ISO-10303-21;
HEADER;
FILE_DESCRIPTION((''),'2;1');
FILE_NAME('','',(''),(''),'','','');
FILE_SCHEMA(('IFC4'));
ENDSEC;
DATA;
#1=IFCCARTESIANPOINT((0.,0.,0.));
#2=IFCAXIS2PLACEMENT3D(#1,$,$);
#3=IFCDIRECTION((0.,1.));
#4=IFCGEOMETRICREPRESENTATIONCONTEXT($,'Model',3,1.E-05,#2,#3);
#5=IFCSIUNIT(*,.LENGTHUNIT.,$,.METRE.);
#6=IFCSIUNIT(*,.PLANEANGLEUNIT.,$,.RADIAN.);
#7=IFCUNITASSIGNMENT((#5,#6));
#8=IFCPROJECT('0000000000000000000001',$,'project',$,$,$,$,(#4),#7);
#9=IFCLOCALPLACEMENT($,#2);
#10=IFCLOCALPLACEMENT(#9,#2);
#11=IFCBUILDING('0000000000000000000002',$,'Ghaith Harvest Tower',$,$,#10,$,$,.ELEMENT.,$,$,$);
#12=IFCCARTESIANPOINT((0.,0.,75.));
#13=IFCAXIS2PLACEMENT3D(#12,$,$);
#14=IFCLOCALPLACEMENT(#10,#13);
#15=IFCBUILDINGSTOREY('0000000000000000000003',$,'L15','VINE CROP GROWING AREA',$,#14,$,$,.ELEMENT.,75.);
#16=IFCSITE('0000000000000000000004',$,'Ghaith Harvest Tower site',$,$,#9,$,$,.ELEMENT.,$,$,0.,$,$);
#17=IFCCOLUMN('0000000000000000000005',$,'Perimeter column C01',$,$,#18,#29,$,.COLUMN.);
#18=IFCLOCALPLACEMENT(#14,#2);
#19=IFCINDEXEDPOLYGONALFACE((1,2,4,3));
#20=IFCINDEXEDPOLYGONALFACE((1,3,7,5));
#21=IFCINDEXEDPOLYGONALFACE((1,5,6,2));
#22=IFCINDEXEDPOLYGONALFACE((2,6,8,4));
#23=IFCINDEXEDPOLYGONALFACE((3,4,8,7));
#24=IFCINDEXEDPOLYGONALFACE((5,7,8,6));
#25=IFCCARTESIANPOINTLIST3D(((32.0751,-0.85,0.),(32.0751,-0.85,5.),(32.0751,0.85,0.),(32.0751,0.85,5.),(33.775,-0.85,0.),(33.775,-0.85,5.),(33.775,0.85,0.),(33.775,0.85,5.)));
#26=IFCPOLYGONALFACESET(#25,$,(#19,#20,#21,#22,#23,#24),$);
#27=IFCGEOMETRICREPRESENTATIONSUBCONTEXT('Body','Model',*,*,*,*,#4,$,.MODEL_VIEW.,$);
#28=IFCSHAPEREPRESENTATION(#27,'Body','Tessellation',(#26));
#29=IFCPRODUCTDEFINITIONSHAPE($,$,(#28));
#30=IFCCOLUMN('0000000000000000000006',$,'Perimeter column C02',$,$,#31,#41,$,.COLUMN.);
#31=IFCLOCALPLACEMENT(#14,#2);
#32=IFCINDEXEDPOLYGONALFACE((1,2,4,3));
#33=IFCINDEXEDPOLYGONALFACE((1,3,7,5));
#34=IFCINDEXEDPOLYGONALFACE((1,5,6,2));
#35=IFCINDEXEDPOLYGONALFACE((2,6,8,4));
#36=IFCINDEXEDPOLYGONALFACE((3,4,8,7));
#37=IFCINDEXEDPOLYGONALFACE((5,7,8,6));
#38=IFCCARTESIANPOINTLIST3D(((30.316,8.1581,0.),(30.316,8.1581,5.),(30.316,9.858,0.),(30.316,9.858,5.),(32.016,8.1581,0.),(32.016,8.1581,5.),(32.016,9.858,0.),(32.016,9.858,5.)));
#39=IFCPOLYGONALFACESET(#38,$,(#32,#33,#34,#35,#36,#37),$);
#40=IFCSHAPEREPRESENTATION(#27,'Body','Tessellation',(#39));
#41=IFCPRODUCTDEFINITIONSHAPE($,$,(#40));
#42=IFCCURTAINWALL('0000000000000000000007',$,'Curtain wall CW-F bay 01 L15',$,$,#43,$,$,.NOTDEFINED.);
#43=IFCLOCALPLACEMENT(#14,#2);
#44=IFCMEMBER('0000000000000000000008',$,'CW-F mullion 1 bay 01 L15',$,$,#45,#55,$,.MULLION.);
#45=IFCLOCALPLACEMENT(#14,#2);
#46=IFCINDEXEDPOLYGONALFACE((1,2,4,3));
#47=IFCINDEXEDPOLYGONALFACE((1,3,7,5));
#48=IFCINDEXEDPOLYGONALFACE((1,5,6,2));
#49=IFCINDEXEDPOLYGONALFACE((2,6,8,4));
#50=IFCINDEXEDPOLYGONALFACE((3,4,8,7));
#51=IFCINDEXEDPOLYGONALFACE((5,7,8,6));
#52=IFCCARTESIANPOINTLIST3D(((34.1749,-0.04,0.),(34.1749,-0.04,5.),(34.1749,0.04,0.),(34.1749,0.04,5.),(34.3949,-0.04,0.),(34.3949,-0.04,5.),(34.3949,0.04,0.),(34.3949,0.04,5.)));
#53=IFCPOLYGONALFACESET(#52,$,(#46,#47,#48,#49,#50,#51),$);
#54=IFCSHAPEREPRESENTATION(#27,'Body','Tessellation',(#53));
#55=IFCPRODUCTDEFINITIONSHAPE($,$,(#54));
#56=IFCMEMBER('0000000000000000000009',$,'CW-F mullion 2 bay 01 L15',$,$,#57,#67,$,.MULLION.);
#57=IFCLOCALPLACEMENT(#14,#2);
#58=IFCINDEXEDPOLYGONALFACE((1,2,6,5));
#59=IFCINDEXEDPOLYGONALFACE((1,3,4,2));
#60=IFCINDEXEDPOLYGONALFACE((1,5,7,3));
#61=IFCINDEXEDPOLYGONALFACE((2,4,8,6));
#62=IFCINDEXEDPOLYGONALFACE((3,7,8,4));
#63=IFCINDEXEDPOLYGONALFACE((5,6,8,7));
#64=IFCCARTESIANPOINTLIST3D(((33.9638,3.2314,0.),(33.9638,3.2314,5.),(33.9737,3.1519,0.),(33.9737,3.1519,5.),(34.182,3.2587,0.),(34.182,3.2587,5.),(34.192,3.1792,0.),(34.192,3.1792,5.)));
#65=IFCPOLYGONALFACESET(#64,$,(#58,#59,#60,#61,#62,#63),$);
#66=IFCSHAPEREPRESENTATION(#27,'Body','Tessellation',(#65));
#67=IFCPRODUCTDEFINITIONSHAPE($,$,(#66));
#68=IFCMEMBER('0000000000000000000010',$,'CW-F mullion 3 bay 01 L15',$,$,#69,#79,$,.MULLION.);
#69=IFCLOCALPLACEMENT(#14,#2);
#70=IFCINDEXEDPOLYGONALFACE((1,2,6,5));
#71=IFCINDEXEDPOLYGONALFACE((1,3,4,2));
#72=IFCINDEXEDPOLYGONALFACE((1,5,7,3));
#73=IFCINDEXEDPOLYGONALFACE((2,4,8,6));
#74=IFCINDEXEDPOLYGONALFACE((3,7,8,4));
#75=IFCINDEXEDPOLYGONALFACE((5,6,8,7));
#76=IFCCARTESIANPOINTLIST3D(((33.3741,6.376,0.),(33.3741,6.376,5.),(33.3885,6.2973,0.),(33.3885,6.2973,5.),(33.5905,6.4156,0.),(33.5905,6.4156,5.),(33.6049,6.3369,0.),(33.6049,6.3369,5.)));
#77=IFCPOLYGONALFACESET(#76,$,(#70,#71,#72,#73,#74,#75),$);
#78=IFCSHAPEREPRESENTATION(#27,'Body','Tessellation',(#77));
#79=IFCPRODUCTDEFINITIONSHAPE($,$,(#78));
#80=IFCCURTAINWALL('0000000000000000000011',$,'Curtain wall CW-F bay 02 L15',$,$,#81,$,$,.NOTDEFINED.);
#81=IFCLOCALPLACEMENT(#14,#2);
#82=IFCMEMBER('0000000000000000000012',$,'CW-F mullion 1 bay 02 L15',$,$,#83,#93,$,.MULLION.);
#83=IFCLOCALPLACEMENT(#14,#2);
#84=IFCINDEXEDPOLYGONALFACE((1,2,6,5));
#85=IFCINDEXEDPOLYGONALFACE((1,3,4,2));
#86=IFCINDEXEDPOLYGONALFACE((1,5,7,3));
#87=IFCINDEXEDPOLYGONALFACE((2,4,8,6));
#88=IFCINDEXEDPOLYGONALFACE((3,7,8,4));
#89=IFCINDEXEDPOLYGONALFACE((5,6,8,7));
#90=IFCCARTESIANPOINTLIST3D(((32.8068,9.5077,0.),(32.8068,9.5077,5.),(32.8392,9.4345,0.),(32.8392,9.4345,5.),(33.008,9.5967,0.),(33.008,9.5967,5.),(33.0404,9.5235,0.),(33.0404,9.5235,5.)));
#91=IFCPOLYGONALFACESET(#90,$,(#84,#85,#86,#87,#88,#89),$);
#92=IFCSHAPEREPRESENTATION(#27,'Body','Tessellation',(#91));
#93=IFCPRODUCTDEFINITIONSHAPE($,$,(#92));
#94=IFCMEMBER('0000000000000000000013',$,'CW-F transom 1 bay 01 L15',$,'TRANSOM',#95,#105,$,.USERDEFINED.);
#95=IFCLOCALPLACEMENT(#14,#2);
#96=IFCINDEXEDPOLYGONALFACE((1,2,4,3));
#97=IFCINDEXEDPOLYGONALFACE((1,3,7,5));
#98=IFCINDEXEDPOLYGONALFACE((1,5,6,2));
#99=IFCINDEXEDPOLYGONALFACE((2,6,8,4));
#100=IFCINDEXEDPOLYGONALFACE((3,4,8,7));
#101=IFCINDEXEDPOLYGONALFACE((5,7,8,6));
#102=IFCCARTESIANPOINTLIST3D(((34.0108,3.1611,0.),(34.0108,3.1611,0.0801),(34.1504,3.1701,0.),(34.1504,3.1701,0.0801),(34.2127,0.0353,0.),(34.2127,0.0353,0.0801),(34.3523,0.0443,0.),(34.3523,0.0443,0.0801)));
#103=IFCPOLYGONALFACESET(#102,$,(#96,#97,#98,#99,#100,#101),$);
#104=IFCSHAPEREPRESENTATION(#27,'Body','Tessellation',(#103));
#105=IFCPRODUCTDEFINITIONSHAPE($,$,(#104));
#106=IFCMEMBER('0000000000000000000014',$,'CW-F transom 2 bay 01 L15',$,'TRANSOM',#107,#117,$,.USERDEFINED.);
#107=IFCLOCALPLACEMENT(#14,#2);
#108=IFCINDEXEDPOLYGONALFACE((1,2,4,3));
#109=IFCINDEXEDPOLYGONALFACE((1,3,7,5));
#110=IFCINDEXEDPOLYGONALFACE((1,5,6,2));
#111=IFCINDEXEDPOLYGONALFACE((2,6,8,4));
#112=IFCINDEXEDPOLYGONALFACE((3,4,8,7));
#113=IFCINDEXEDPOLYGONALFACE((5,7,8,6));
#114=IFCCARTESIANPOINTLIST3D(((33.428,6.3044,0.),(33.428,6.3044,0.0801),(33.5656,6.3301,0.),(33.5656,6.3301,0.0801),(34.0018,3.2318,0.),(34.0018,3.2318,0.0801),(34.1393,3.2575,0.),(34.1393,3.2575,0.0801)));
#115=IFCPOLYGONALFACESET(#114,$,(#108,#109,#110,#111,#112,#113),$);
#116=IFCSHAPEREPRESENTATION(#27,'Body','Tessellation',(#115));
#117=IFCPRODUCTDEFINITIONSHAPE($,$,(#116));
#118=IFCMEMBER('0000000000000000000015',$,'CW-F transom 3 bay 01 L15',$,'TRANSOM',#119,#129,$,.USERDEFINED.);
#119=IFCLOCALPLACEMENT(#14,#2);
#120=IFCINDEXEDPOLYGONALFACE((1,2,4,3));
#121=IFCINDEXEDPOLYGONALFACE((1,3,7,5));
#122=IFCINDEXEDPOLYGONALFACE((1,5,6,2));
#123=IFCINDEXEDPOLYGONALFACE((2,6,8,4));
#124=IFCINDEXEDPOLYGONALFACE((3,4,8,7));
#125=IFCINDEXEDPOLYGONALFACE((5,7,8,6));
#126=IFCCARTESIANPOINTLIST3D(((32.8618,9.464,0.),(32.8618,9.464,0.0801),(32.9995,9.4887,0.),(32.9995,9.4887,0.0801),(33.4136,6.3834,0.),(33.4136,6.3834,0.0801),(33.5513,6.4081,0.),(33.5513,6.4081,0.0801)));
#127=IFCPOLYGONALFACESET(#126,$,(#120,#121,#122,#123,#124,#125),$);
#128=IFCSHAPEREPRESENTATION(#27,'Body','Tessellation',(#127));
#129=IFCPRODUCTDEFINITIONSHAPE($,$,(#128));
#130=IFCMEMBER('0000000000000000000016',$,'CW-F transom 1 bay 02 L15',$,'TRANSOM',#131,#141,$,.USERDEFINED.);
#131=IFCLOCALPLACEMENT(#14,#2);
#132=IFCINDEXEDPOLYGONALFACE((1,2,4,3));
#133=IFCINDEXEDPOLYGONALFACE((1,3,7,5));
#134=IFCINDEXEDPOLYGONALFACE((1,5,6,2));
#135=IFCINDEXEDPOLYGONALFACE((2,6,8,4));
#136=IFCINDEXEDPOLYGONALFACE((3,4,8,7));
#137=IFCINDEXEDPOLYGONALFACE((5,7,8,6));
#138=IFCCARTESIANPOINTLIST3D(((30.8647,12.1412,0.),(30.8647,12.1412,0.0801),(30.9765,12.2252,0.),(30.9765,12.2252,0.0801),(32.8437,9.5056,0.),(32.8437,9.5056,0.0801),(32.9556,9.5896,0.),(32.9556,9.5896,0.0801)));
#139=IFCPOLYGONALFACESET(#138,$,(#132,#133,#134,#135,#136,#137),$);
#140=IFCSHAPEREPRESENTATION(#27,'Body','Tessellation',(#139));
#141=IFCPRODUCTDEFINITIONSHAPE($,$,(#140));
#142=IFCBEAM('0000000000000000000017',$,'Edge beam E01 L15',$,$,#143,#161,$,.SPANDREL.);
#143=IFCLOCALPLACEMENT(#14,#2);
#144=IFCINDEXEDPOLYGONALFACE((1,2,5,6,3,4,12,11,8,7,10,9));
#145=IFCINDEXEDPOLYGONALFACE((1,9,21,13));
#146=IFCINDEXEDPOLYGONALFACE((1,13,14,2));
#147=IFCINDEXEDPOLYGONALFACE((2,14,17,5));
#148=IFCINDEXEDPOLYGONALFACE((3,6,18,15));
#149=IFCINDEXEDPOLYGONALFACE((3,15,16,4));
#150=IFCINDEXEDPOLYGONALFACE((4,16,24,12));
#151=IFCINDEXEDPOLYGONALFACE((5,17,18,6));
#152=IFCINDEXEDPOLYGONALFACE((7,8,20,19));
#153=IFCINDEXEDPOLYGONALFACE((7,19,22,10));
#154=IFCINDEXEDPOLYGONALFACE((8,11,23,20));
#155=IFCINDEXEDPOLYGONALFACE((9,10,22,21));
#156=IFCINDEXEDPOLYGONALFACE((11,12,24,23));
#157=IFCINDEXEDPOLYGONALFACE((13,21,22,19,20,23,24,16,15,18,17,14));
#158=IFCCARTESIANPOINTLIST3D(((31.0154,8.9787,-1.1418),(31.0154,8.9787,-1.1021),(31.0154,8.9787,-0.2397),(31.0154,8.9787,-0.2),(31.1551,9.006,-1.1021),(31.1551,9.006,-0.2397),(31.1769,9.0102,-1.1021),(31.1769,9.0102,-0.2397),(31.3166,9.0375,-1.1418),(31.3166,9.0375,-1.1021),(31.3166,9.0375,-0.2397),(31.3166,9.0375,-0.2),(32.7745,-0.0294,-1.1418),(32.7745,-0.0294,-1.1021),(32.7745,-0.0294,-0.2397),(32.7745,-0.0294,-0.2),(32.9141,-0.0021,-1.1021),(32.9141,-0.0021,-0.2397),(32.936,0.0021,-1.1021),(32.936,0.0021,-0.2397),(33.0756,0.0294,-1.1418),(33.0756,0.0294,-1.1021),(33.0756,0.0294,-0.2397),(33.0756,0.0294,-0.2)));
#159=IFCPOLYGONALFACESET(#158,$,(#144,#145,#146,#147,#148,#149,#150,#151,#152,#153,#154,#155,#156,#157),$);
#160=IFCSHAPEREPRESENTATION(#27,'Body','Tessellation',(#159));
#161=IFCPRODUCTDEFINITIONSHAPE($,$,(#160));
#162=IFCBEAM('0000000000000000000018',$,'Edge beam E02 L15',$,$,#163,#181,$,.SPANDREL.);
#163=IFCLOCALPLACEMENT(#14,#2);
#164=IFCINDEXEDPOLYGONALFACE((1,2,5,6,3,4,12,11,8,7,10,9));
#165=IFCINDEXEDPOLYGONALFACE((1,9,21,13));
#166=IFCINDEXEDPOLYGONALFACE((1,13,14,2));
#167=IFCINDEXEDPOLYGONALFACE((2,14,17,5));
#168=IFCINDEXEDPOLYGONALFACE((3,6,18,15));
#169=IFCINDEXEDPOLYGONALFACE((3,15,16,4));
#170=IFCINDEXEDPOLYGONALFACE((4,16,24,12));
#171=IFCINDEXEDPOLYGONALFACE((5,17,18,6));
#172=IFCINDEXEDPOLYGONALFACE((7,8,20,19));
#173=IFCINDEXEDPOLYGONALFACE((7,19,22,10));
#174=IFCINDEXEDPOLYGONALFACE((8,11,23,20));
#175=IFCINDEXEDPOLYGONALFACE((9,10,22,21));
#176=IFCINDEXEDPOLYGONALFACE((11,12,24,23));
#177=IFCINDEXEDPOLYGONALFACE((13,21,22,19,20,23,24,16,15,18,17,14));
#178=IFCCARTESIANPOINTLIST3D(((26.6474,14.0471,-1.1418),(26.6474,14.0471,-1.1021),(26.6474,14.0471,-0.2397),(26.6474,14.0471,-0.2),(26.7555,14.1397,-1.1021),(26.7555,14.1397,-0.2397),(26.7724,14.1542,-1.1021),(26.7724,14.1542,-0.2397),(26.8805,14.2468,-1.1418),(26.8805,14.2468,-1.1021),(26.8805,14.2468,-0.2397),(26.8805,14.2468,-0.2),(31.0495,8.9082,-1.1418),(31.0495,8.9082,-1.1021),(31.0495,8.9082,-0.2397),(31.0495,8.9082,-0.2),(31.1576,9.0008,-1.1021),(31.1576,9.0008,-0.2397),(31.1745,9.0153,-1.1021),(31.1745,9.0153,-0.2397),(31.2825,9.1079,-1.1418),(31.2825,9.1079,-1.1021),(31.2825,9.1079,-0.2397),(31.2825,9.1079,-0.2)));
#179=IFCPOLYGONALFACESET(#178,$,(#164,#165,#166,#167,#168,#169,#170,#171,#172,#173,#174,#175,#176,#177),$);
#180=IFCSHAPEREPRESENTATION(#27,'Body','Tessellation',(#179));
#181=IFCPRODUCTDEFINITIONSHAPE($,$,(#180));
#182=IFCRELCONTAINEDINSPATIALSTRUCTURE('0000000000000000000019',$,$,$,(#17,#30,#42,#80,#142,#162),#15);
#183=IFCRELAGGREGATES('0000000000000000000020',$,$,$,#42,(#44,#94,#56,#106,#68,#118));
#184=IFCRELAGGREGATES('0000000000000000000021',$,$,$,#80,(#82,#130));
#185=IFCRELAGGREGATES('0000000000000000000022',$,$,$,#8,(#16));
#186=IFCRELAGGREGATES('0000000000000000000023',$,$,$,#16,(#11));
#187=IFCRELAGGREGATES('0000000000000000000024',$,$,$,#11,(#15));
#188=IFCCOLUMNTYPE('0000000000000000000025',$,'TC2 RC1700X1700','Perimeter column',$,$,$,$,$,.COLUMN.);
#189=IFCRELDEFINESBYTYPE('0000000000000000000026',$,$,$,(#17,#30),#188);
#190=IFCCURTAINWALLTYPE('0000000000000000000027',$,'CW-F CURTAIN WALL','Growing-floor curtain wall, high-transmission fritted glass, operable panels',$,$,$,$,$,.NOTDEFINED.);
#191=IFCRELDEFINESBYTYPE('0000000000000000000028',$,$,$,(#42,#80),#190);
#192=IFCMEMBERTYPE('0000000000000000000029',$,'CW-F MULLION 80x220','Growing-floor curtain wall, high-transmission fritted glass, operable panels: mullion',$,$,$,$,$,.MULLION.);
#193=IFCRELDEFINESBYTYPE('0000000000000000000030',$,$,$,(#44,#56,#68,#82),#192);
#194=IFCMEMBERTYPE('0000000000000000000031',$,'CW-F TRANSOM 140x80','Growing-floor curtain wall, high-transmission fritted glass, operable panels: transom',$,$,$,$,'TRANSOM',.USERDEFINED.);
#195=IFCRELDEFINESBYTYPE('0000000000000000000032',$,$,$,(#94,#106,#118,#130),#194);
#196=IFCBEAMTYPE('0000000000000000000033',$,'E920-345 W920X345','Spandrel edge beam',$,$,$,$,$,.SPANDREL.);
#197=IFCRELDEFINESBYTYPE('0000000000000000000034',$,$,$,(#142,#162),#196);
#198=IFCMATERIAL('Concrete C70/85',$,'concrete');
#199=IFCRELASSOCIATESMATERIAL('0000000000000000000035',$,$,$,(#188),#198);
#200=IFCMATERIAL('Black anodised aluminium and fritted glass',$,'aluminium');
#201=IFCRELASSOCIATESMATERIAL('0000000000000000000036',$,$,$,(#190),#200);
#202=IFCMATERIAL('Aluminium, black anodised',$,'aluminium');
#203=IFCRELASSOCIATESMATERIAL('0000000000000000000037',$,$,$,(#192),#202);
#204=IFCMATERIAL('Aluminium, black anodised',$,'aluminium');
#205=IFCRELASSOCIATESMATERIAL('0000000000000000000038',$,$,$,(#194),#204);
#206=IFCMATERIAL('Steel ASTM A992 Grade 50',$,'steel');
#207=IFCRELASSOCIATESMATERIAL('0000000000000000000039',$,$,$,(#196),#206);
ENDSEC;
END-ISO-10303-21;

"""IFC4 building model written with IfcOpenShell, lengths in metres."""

from ifc_helpers import new_model, si_unit, direction, frame, origin, origin_2d, place, context, subcontext, project, spatial, rectangle, i_section, extrude, material, material_profile, profile_set, type_object, element, aggregate, save


model = new_model("IFC4")

# Units and contexts
model_context = context("Model", 3, precision=1e-05, world=origin(), true_north=direction((0.0, 1.0)))
body_context = subcontext(model_context, "Body", "Model", "MODEL_VIEW")
ifc_project = project(units=[si_unit("LENGTHUNIT", "METRE"), si_unit("PLANEANGLEUNIT", "RADIAN")], contexts=[model_context])

# Site, building, storey
site_placement = place(None, origin())
site = spatial("IfcSite", under=ifc_project, at=site_placement, Name="Ghaith Harvest Tower site", CompositionType="ELEMENT", RefElevation=0.0)
building_placement = place(site_placement, origin())
building = spatial("IfcBuilding", under=site, at=building_placement, Name="Ghaith Harvest Tower", CompositionType="ELEMENT")
storey_placement = place(building_placement, frame((0.0, 0.0, 75.0)))
storey = spatial("IfcBuildingStorey", under=building, at=storey_placement, Name="L15", Description="VINE CROP GROWING AREA", CompositionType="ELEMENT", Elevation=75.0)

# Columns
ifc_material_1 = material(Name="Concrete C70/85", Category="concrete")
ifc_material_profile_1 = material_profile(ifc_material_1, rectangle(XDim=1.7, YDim=1.7, at=origin_2d()), Name="RC1700X1700")
ifc_profile_set_1 = profile_set([ifc_material_profile_1], Name="Concrete C70/85")
column_type = type_object("IfcColumnType", Name="TC2 RC1700X1700", Description="Perimeter column", PredefinedType="COLUMN", material=ifc_profile_set_1)
for number, where, z_axis, x_axis, name in (
    (1, (32.925, 0.0, 0.0), (0.0, 0.0, 1.0), (1.0, 0.0, 0.0), "Perimeter column C01"),
    (2, (31.166, 9.0081, 0.0), (0.0, 0.0, 1.0), (1.0, 0.0, 0.0), "Perimeter column C02"),
):
    element("IfcColumn", number, at=place(storey_placement, frame(where, z_axis=z_axis, x_axis=x_axis)), inside=storey, type_object=column_type, Name=name, PredefinedType="COLUMN", context=body_context, shape_type="SweptSolid", body=[
        extrude(rectangle(XDim=1.7, YDim=1.7, at=origin_2d()), origin(), (0.0, 0.0, 1.0), 5.0),
    ])

# Curtain wall, members
ifc_material_2 = material(Name="Black anodised aluminium and fritted glass", Category="aluminium")
curtain_wall_type = type_object("IfcCurtainWallType", Name="CW-F CURTAIN WALL", Description="Growing-floor curtain wall, high-transmission fritted glass, operable panels", PredefinedType="NOTDEFINED", material=ifc_material_2)
curtain_wall_1_placement = place(storey_placement, origin())
curtain_wall_1 = element("IfcCurtainWall", 3, at=curtain_wall_1_placement, inside=storey, type_object=curtain_wall_type, Name="Curtain wall CW-F bay 01 L15", PredefinedType="NOTDEFINED")
ifc_material_3 = material(Name="Aluminium, black anodised", Category="aluminium")
ifc_material_profile_2 = material_profile(ifc_material_3, rectangle(XDim=0.0801, YDim=0.22, at=origin_2d()), Name="CW-F MULLION 80x220")
ifc_profile_set_2 = profile_set([ifc_material_profile_2], Name="Aluminium, black anodised")
member_type_1 = type_object("IfcMemberType", Name="CW-F MULLION 80x220", Description="Growing-floor curtain wall, high-transmission fritted glass, operable panels: mullion", PredefinedType="MULLION", material=ifc_profile_set_2)
member_1_placement = place(storey_placement, frame((34.2849, 0.0, 0.0), z_axis=(0.0, 0.0, 1.0), x_axis=(0.0, 1.0, 0.0)))
member_1 = element("IfcMember", 4, at=member_1_placement, type_object=member_type_1, Name="CW-F mullion 1 bay 01 L15", PredefinedType="MULLION", context=body_context, shape_type="SweptSolid", body=[
    extrude(rectangle(XDim=0.0801, YDim=0.22, at=origin_2d()), origin(), (0.0, 0.0, 1.0), 5.0),
])
member_2_placement = place(storey_placement, frame((34.0779, 3.2053, 0.0), z_axis=(0.0, 0.0, 1.0), x_axis=(-0.12417, 0.992261, 0.0)))
member_2 = element("IfcMember", 5, at=member_2_placement, type_object=member_type_1, Name="CW-F mullion 2 bay 01 L15", PredefinedType="MULLION", context=body_context, shape_type="SweptSolid", body=[
    extrude(rectangle(XDim=0.0801, YDim=0.22, at=origin_2d()), origin(), (0.0, 0.0, 1.0), 5.0),
])
member_3_placement = place(storey_placement, frame((33.4895, 6.3564, 0.0), z_axis=(0.0, 0.0, 1.0), x_axis=(-0.179943, 0.983677, 0.0)))
member_3 = element("IfcMember", 6, at=member_3_placement, type_object=member_type_1, Name="CW-F mullion 3 bay 01 L15", PredefinedType="MULLION", context=body_context, shape_type="SweptSolid", body=[
    extrude(rectangle(XDim=0.0801, YDim=0.22, at=origin_2d()), origin(), (0.0, 0.0, 1.0), 5.0),
])

# Curtain wall, member
curtain_wall_2_placement = place(storey_placement, origin())
curtain_wall_2 = element("IfcCurtainWall", 7, at=curtain_wall_2_placement, inside=storey, type_object=curtain_wall_type, Name="Curtain wall CW-F bay 02 L15", PredefinedType="NOTDEFINED")
member_4_placement = place(storey_placement, frame((32.9236, 9.5156, 0.0), z_axis=(0.0, 0.0, 1.0), x_axis=(-0.404702, 0.914449, 0.0)))
member_4 = element("IfcMember", 8, at=member_4_placement, type_object=member_type_1, Name="CW-F mullion 1 bay 02 L15", PredefinedType="MULLION", context=body_context, shape_type="SweptSolid", body=[
    extrude(rectangle(XDim=0.0801, YDim=0.22, at=origin_2d()), origin(), (0.0, 0.0, 1.0), 5.0),
])

# Members
ifc_material_4 = material(Name="Aluminium, black anodised", Category="aluminium")
ifc_material_profile_3 = material_profile(ifc_material_4, rectangle(XDim=0.1399, YDim=0.0801, at=origin_2d()), Name="CW-F TRANSOM 140x80")
ifc_profile_set_3 = profile_set([ifc_material_profile_3], Name="Aluminium, black anodised")
member_type_2 = type_object("IfcMemberType", Name="CW-F TRANSOM 140x80", Description="Growing-floor curtain wall, high-transmission fritted glass, operable panels: transom", ElementType="TRANSOM", PredefinedType="USERDEFINED", material=ifc_profile_set_3)
member_5_placement = place(storey_placement, frame((34.2825, 0.0398, 0.04), z_axis=(-0.06446, 0.99792, 0.0), x_axis=(-0.99792, -0.06446, 0.0)))
member_5 = element("IfcMember", 9, at=member_5_placement, type_object=member_type_2, Name="CW-F transom 1 bay 01 L15", ObjectType="TRANSOM", PredefinedType="USERDEFINED", context=body_context, shape_type="SweptSolid", body=[
    extrude(rectangle(XDim=0.1399, YDim=0.0801, at=origin_2d()), origin(), (0.0, 0.0, 1.0), 3.1323),
])
member_6_placement = place(storey_placement, frame((34.0706, 3.2446, 0.04), z_axis=(-0.183557, 0.983009, 0.0), x_axis=(-0.983009, -0.183557, 0.0)))
member_6 = element("IfcMember", 10, at=member_6_placement, type_object=member_type_2, Name="CW-F transom 2 bay 01 L15", ObjectType="TRANSOM", PredefinedType="USERDEFINED", context=body_context, shape_type="SweptSolid", body=[
    extrude(rectangle(XDim=0.1399, YDim=0.0801, at=origin_2d()), origin(), (0.0, 0.0, 1.0), 3.1257),
])
member_7_placement = place(storey_placement, frame((33.4824, 6.3958, 0.04), z_axis=(-0.176304, 0.984336, 0.0), x_axis=(-0.984336, -0.176304, 0.0)))
member_7 = element("IfcMember", 11, at=member_7_placement, type_object=member_type_2, Name="CW-F transom 3 bay 01 L15", ObjectType="TRANSOM", PredefinedType="USERDEFINED", context=body_context, shape_type="SweptSolid", body=[
    extrude(rectangle(XDim=0.1399, YDim=0.0801, at=origin_2d()), origin(), (0.0, 0.0, 1.0), 3.1296),
])
member_8_placement = place(storey_placement, frame((32.8997, 9.5476, 0.04), z_axis=(-0.600462, 0.799653, 0.0), x_axis=(-0.799653, -0.600462, 0.0)))
member_8 = element("IfcMember", 12, at=member_8_placement, type_object=member_type_2, Name="CW-F transom 1 bay 02 L15", ObjectType="TRANSOM", PredefinedType="USERDEFINED", context=body_context, shape_type="SweptSolid", body=[
    extrude(rectangle(XDim=0.1399, YDim=0.0801, at=origin_2d()), origin(), (0.0, 0.0, 1.0), 3.2959),
])

# Beams
ifc_material_5 = material(Name="Steel ASTM A992 Grade 50", Category="steel")
ifc_material_profile_4 = material_profile(ifc_material_5, i_section(OverallWidth=0.3069, OverallDepth=0.9419, WebThickness=0.0222, FlangeThickness=0.0398, at=origin_2d()), Name="W920X345")
ifc_profile_set_4 = profile_set([ifc_material_profile_4], Name="Steel ASTM A992 Grade 50")
beam_type_1 = type_object("IfcBeamType", Name="E920-345 W920X345", Description="Spandrel edge beam", PredefinedType="SPANDREL", material=ifc_profile_set_4)
beam_1_placement = place(storey_placement, frame((32.925, 0.0, -0.6709), z_axis=(-0.191653, 0.981463, 0.0), x_axis=(-0.981463, -0.191653, 0.0)))
element("IfcBeam", 13, at=beam_1_placement, inside=storey, type_object=beam_type_1, Name="Edge beam E01 L15", PredefinedType="SPANDREL", context=body_context, shape_type="SweptSolid", body=[
    extrude(i_section(OverallWidth=0.3069, OverallDepth=0.9419, WebThickness=0.0222, FlangeThickness=0.0398, at=origin_2d()), origin(), (0.0, 0.0, 1.0), 9.1782),
])
beam_2_placement = place(storey_placement, frame((31.166, 9.0081, -0.6709), z_axis=(-0.650563, 0.759453, 0.0), x_axis=(-0.759453, -0.650563, 0.0)))
element("IfcBeam", 14, at=beam_2_placement, inside=storey, type_object=beam_type_1, Name="Edge beam E02 L15", PredefinedType="SPANDREL", context=body_context, shape_type="SweptSolid", body=[
    extrude(i_section(OverallWidth=0.3069, OverallDepth=0.9419, WebThickness=0.0222, FlangeThickness=0.0398, at=origin_2d()), origin(), (0.0, 0.0, 1.0), 6.7666),
])

aggregate(curtain_wall_1, [member_1, member_5, member_2, member_6, member_3, member_7])
aggregate(curtain_wall_2, [member_4, member_8])

save(model, "model.ifc")
